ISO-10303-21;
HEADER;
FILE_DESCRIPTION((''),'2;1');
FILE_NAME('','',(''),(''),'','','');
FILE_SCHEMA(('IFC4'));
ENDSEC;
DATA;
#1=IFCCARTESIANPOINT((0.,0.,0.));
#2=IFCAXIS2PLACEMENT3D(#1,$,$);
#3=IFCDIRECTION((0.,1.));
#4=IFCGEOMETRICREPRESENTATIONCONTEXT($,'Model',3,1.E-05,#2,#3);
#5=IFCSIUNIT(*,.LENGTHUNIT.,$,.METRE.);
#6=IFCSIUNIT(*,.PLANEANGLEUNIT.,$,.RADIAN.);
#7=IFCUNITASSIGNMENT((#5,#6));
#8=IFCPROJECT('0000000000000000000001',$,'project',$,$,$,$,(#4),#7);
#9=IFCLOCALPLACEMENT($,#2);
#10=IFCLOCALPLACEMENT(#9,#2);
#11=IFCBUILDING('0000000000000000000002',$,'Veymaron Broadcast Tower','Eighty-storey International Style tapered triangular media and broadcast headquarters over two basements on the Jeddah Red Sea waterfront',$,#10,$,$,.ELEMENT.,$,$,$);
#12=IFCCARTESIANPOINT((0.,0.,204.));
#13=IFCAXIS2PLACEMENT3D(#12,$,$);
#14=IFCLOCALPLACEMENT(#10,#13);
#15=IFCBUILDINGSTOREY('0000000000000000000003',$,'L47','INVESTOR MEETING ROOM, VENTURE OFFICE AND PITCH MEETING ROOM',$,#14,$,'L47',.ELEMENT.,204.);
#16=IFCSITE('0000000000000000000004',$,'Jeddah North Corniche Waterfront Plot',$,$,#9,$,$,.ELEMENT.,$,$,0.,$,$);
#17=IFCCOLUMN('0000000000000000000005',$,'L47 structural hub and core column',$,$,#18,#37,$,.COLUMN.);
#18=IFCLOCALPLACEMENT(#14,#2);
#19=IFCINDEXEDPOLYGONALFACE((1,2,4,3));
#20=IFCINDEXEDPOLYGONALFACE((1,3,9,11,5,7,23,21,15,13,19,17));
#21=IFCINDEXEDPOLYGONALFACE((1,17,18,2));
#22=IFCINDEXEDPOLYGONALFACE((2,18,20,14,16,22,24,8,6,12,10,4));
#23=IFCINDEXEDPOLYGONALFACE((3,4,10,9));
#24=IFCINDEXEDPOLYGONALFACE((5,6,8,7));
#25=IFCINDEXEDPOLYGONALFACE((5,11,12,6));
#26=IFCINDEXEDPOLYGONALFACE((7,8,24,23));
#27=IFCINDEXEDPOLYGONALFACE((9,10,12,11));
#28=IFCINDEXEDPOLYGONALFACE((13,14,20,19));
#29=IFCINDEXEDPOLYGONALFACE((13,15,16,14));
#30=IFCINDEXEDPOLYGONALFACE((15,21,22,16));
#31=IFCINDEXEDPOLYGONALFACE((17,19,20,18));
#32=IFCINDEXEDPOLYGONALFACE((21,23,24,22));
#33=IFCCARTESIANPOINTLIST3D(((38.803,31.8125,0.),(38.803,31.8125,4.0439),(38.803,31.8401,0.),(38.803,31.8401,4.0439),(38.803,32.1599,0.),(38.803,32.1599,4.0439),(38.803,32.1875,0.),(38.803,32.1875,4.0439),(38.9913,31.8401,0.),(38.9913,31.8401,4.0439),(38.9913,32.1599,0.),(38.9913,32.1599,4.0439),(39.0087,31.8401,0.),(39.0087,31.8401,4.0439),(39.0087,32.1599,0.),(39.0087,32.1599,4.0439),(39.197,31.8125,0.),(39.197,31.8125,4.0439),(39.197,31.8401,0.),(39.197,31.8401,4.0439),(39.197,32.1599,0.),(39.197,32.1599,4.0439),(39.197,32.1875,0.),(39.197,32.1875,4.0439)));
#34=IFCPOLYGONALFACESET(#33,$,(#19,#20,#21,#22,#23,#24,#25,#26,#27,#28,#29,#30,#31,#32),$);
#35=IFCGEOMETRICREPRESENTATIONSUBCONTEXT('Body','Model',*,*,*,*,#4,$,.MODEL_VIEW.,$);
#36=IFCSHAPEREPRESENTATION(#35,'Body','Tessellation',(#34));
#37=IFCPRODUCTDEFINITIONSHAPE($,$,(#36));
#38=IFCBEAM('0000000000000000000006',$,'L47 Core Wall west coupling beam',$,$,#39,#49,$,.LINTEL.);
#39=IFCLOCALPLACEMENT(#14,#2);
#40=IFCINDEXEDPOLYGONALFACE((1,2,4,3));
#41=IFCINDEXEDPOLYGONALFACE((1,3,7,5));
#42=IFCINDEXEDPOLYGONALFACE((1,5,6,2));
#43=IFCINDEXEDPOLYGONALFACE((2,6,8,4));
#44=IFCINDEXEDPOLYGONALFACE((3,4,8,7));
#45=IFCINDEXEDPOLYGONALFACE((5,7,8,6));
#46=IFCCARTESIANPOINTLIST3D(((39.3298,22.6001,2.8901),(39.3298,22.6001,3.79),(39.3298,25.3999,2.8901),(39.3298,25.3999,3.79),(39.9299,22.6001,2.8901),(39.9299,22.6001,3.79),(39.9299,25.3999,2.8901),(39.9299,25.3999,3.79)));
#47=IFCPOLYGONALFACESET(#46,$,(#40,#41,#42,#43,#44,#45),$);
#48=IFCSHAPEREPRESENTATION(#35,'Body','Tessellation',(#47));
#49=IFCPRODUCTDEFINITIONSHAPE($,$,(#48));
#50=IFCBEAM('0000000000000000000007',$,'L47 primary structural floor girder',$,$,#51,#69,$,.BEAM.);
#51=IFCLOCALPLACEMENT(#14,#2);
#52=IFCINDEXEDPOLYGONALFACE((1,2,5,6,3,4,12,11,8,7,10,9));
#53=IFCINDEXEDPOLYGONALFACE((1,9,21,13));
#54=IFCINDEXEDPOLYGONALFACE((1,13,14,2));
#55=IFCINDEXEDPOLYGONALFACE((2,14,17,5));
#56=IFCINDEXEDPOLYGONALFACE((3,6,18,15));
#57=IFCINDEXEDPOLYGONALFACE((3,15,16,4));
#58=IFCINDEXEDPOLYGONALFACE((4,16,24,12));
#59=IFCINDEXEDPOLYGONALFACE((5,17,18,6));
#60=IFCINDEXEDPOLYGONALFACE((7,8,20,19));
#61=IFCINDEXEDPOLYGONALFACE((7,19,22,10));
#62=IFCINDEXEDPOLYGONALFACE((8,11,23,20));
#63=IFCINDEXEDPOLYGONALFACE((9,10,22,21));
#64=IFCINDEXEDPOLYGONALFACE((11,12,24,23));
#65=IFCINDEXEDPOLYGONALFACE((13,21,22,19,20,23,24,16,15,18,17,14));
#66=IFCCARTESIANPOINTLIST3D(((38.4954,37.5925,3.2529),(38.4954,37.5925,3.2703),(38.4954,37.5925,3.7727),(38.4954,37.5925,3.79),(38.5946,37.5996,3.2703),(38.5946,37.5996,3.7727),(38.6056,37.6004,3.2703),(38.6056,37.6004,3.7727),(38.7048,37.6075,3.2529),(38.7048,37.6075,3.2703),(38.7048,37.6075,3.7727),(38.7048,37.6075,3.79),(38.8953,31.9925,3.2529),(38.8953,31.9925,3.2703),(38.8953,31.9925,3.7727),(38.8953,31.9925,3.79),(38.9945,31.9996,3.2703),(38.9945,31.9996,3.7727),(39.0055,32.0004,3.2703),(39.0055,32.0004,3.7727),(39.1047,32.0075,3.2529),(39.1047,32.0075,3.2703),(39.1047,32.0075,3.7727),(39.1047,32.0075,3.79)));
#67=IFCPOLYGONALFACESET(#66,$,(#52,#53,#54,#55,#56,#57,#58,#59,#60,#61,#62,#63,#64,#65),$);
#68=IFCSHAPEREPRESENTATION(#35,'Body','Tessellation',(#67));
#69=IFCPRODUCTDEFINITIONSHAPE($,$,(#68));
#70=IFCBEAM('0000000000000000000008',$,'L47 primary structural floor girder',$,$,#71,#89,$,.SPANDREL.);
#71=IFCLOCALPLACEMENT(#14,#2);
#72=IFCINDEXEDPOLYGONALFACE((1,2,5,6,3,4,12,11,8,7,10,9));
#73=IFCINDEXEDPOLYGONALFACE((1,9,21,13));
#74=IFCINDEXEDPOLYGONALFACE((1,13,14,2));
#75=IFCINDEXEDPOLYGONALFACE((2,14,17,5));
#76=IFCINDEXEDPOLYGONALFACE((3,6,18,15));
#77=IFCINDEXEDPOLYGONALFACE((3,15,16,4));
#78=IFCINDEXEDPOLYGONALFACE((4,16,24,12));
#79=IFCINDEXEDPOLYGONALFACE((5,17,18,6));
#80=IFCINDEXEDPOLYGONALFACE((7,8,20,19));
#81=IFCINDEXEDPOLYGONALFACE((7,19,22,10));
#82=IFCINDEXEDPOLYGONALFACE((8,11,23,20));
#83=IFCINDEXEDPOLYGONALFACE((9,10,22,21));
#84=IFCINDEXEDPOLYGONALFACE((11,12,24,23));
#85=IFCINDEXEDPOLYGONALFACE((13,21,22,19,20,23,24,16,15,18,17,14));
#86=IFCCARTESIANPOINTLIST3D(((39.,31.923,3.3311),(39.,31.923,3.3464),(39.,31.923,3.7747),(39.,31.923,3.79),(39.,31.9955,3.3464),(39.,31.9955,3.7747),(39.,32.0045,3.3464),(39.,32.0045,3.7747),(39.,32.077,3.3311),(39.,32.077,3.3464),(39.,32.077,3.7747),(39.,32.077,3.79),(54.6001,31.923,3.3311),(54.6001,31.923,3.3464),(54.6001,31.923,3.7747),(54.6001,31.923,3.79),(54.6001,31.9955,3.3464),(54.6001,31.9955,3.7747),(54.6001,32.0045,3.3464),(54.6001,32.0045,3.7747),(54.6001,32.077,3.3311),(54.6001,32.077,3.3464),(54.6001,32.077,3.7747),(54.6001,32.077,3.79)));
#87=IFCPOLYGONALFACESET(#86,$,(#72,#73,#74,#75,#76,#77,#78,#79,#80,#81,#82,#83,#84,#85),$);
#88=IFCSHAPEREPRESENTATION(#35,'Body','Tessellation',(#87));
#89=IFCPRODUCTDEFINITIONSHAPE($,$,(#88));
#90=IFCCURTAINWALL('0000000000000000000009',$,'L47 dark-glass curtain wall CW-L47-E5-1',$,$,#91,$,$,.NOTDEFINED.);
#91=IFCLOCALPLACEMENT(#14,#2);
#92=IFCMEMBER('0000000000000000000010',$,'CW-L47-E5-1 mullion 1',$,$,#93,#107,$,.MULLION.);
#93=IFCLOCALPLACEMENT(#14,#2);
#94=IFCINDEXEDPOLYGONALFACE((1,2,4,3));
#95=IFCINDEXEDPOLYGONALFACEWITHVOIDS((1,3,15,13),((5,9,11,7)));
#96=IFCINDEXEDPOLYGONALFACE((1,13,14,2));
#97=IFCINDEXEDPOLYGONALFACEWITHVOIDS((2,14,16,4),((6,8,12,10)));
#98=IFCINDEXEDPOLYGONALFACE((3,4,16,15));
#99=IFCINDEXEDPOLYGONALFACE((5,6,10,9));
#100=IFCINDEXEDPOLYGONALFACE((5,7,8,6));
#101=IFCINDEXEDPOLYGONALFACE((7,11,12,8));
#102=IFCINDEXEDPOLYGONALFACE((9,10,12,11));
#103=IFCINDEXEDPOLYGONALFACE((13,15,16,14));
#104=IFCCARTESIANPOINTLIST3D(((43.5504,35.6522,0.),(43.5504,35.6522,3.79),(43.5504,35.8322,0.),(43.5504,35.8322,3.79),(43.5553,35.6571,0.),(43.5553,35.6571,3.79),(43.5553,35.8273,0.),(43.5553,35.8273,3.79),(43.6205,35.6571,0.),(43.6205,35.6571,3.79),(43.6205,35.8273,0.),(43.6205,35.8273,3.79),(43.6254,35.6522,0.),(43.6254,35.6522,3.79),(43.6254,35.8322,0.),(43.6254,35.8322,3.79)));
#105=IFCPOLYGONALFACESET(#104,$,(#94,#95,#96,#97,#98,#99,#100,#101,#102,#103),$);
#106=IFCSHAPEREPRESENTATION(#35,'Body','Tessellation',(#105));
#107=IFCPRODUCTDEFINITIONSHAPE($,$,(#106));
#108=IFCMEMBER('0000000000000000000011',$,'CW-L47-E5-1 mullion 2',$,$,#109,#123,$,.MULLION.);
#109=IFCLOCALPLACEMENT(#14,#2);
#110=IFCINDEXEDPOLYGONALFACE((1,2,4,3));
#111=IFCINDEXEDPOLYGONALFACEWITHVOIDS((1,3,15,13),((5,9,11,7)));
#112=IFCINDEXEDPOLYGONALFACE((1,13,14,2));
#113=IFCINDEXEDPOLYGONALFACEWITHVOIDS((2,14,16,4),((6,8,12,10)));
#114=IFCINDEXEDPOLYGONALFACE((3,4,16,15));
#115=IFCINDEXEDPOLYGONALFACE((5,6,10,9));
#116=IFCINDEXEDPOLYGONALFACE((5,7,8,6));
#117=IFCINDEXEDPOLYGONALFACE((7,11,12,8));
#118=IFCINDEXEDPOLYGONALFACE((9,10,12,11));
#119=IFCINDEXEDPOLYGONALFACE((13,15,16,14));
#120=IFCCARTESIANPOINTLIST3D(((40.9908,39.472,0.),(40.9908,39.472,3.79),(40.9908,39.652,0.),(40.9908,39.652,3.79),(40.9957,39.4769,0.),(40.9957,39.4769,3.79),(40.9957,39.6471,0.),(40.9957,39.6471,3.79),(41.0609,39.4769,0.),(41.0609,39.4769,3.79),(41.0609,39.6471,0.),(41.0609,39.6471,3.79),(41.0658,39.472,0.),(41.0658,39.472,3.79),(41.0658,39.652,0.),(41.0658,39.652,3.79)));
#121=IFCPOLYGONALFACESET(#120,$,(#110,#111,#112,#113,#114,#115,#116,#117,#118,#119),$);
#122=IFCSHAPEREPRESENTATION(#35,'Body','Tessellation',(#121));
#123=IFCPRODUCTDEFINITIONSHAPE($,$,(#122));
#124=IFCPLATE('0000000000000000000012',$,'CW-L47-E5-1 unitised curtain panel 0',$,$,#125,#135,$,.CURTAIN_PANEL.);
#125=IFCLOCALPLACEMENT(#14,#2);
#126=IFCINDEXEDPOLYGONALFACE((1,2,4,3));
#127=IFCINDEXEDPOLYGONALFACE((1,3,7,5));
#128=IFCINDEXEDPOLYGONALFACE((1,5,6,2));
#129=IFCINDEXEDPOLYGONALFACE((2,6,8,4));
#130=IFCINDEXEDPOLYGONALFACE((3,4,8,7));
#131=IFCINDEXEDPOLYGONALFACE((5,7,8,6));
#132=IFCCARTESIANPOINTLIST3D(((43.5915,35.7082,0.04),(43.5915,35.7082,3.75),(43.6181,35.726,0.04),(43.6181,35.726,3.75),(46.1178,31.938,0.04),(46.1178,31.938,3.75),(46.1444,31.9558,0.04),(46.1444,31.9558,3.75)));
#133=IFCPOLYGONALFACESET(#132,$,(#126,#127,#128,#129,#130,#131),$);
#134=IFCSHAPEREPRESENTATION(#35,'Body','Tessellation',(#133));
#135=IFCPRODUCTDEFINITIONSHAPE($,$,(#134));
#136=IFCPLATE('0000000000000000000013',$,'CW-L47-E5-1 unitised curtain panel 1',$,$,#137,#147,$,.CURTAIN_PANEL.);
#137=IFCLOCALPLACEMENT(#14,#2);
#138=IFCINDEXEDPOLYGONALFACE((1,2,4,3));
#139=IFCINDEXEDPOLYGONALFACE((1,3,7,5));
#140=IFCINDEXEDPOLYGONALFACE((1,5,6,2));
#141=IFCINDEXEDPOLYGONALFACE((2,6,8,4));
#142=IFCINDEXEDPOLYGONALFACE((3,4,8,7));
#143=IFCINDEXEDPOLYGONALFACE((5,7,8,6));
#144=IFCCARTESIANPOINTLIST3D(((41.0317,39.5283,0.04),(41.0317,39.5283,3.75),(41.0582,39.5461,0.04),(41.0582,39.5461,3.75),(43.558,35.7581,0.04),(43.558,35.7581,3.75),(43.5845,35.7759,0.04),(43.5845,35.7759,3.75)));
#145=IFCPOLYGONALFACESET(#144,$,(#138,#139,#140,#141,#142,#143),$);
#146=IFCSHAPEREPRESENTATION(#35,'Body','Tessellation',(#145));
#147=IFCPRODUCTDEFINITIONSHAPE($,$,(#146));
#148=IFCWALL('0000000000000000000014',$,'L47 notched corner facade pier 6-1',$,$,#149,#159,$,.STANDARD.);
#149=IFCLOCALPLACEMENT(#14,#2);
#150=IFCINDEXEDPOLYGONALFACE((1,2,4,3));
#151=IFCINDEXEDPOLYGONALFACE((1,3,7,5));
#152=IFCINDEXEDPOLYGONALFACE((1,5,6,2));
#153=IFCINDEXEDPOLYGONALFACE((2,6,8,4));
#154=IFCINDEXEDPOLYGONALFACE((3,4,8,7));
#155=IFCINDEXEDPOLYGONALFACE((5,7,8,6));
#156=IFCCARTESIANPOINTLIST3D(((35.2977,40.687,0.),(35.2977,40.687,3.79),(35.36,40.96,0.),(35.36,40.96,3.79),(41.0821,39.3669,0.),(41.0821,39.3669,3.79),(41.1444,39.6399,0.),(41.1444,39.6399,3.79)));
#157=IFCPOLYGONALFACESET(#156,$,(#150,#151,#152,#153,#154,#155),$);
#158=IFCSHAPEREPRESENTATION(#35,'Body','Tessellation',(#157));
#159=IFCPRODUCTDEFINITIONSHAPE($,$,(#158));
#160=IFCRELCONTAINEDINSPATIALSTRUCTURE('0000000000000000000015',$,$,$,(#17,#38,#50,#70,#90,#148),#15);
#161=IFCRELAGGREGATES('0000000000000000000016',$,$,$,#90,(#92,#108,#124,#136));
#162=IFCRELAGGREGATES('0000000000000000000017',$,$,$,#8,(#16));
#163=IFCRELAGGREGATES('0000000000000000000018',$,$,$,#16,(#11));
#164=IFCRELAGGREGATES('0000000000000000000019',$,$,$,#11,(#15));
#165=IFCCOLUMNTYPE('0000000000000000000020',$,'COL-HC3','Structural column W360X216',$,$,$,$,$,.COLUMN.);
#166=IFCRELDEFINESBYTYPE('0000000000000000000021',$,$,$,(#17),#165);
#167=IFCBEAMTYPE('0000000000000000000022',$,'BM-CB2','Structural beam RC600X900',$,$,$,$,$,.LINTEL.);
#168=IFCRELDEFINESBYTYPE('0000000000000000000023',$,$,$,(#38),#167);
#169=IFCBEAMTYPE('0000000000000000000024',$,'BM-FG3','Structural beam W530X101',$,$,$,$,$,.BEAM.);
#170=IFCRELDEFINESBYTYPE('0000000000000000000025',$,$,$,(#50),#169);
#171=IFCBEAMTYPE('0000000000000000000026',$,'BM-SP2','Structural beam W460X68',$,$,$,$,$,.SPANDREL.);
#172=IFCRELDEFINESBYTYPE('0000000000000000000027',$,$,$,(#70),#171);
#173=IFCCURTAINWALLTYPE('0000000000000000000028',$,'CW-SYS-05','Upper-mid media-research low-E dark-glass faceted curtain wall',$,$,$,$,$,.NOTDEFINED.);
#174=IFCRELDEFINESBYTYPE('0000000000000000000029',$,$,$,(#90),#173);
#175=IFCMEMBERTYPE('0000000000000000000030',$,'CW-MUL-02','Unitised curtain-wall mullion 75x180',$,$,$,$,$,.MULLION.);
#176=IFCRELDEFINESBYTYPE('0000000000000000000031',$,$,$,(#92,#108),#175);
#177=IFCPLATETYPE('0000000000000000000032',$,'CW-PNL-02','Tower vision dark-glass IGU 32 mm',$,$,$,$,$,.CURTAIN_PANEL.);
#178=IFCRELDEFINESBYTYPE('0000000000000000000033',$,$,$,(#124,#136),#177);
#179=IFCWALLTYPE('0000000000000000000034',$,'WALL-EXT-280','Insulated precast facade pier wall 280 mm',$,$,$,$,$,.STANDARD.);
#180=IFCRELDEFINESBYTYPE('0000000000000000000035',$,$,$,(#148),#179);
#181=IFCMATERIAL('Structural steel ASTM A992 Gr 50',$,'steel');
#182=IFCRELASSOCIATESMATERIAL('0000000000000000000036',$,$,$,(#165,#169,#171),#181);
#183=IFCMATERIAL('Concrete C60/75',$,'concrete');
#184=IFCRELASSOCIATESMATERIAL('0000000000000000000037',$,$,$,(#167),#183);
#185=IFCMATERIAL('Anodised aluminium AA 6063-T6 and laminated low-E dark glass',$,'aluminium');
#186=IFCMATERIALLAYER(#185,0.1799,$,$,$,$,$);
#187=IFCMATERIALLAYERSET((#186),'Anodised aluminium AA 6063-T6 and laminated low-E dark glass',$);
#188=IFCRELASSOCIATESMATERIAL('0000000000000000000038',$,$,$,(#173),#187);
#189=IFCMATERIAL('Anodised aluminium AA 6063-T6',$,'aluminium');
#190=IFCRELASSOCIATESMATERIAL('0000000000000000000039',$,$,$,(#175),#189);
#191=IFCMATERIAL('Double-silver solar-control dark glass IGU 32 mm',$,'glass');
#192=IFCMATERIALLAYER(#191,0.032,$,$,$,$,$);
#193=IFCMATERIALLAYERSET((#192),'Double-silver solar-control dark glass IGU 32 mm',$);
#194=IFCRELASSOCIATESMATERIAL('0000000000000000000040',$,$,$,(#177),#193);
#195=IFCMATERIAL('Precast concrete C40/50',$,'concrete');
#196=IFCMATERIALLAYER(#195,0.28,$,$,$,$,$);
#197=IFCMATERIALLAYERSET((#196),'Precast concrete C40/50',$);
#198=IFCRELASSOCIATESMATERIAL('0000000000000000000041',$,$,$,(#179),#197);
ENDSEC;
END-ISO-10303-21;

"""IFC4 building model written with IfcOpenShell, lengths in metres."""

from ifc_helpers import new_model, si_unit, direction, frame, frame_2d, origin, origin_2d, place, context, subcontext, project, spatial, rectangle, hollow_rectangle, i_section, extrude, material, layer, layer_set, material_profile, profile_set, type_object, element, aggregate, save


model = new_model("IFC4")

# Units and contexts
model_context = context("Model", 3, precision=1e-05, world=origin(), true_north=direction((0.0, 1.0)))
body_context = subcontext(model_context, "Body", "Model", "MODEL_VIEW")
ifc_project = project(units=[si_unit("LENGTHUNIT", "METRE"), si_unit("PLANEANGLEUNIT", "RADIAN")], contexts=[model_context])

# Site, building, storey
site_placement = place(None, origin())
site = spatial("IfcSite", under=ifc_project, at=site_placement, Name="Jeddah North Corniche Waterfront Plot", CompositionType="ELEMENT", RefElevation=0.0)
building_placement = place(site_placement, origin())
building = spatial("IfcBuilding", under=site, at=building_placement, Name="Veymaron Broadcast Tower", Description="Eighty-storey International Style tapered triangular media and broadcast headquarters over two basements on the Jeddah Red Sea waterfront", CompositionType="ELEMENT")
storey_placement = place(building_placement, frame((0.0, 0.0, 204.0)))
storey = spatial("IfcBuildingStorey", under=building, at=storey_placement, Name="L47", Description="INVESTOR MEETING ROOM, VENTURE OFFICE AND PITCH MEETING ROOM", LongName="L47", CompositionType="ELEMENT", Elevation=204.0)

# Column
ifc_material_1 = material(Name="Structural steel ASTM A992 Gr 50", Category="steel")
ifc_material_profile_1 = material_profile(ifc_material_1, i_section(OverallWidth=0.394, OverallDepth=0.375, WebThickness=0.0173, FlangeThickness=0.0276, at=origin_2d()), Name="W360X216")
ifc_profile_set_1 = profile_set([ifc_material_profile_1], Name="Structural steel ASTM A992 Gr 50")
column_type = type_object("IfcColumnType", Name="COL-HC3", Description="Structural column W360X216", PredefinedType="COLUMN", material=ifc_profile_set_1)
column_placement = place(storey_placement, frame((39.0, 32.0, 0.0), z_axis=(0.0, 0.0, 1.0), x_axis=(1.0, 0.0, 0.0)))
element("IfcColumn", 1, at=column_placement, inside=storey, type_object=column_type, Name="L47 structural hub and core column", PredefinedType="COLUMN", context=body_context, shape_type="SweptSolid", body=[
    extrude(i_section(OverallWidth=0.394, OverallDepth=0.375, WebThickness=0.0173, FlangeThickness=0.0276, at=origin_2d()), origin(), (0.0, 0.0, 1.0), 4.0439),
])

# Beams
ifc_material_2 = material(Name="Concrete C60/75", Category="concrete")
ifc_material_profile_2 = material_profile(ifc_material_2, rectangle(XDim=0.6001, YDim=0.8999, at=origin_2d()), Name="RC600X900")
ifc_profile_set_2 = profile_set([ifc_material_profile_2], Name="Concrete C60/75")
beam_type_1 = type_object("IfcBeamType", Name="BM-CB2", Description="Structural beam RC600X900", PredefinedType="LINTEL", material=ifc_profile_set_2)
beam_1_placement = place(storey_placement, frame((39.6299, 22.6001, 3.3401), z_axis=(0.0, 1.0, 0.0), x_axis=(-1.0, 0.0, 0.0)))
element("IfcBeam", 2, at=beam_1_placement, inside=storey, type_object=beam_type_1, Name="L47 Core Wall west coupling beam", PredefinedType="LINTEL", context=body_context, shape_type="SweptSolid", body=[
    extrude(rectangle(XDim=0.6001, YDim=0.8999, at=origin_2d()), origin(), (0.0, 0.0, 1.0), 2.7998),
])
ifc_material_profile_3 = material_profile(ifc_material_1, i_section(OverallWidth=0.21, OverallDepth=0.5371, WebThickness=0.011, FlangeThickness=0.0173, at=origin_2d()), Name="W530X101")
ifc_profile_set_3 = profile_set([ifc_material_profile_3], Name="Structural steel ASTM A992 Gr 50")
beam_type_2 = type_object("IfcBeamType", Name="BM-FG3", Description="Structural beam W530X101", PredefinedType="BEAM", material=ifc_profile_set_3)
beam_2_placement = place(storey_placement, frame((39.0, 32.0, 3.5215), z_axis=(-0.071229, 0.99746, 0.0), x_axis=(-0.99746, -0.071229, 0.0)))
element("IfcBeam", 3, at=beam_2_placement, inside=storey, type_object=beam_type_2, Name="L47 primary structural floor girder", PredefinedType="BEAM", context=body_context, shape_type="SweptSolid", body=[
    extrude(i_section(OverallWidth=0.21, OverallDepth=0.5371, WebThickness=0.011, FlangeThickness=0.0173, at=origin_2d()), origin(), (0.0, 0.0, 1.0), 5.6143),
])
ifc_material_profile_4 = material_profile(ifc_material_1, i_section(OverallWidth=0.1541, OverallDepth=0.459, WebThickness=0.009, FlangeThickness=0.0154, at=origin_2d()), Name="W460X68")
ifc_profile_set_4 = profile_set([ifc_material_profile_4], Name="Structural steel ASTM A992 Gr 50")
beam_type_3 = type_object("IfcBeamType", Name="BM-SP2", Description="Structural beam W460X68", PredefinedType="SPANDREL", material=ifc_profile_set_4)
beam_3_placement = place(storey_placement, frame((39.0, 32.0, 3.5605), z_axis=(1.0, 0.0, 0.0), x_axis=(0.0, 1.0, 0.0)))
element("IfcBeam", 4, at=beam_3_placement, inside=storey, type_object=beam_type_3, Name="L47 primary structural floor girder", PredefinedType="SPANDREL", context=body_context, shape_type="SweptSolid", body=[
    extrude(i_section(OverallWidth=0.1541, OverallDepth=0.459, WebThickness=0.009, FlangeThickness=0.0154, at=origin_2d()), origin(), (0.0, 0.0, 1.0), 15.6001),
])

# Curtain wall, members, plates
ifc_material_3 = material(Name="Anodised aluminium AA 6063-T6 and laminated low-E dark glass", Category="aluminium")
ifc_layer_1 = layer(ifc_material_3, 0.1799)
ifc_layer_set_1 = layer_set([ifc_layer_1], Name="Anodised aluminium AA 6063-T6 and laminated low-E dark glass")
curtain_wall_type = type_object("IfcCurtainWallType", Name="CW-SYS-05", Description="Upper-mid media-research low-E dark-glass faceted curtain wall", PredefinedType="NOTDEFINED", material=ifc_layer_set_1)
curtain_wall_placement = place(storey_placement, origin())
curtain_wall = element("IfcCurtainWall", 5, at=curtain_wall_placement, inside=storey, type_object=curtain_wall_type, Name="L47 dark-glass curtain wall CW-L47-E5-1", PredefinedType="NOTDEFINED")
ifc_material_4 = material(Name="Anodised aluminium AA 6063-T6", Category="aluminium")
ifc_material_profile_5 = material_profile(ifc_material_4, hollow_rectangle(XDim=0.075, YDim=0.1799, WallThickness=0.0049, at=origin_2d()), Name="AL180X75X5")
ifc_profile_set_5 = profile_set([ifc_material_profile_5], Name="Anodised aluminium AA 6063-T6")
member_type = type_object("IfcMemberType", Name="CW-MUL-02", Description="Unitised curtain-wall mullion 75x180", PredefinedType="MULLION", material=ifc_profile_set_5)
member_1_placement = place(storey_placement, frame((43.5879, 35.7422, 0.0), z_axis=(0.0, 0.0, 1.0), x_axis=(1.0, 0.0, 0.0)))
member_1 = element("IfcMember", 6, at=member_1_placement, type_object=member_type, Name="CW-L47-E5-1 mullion 1", PredefinedType="MULLION", context=body_context, shape_type="SweptSolid", body=[
    extrude(hollow_rectangle(XDim=0.075, YDim=0.1799, WallThickness=0.0049, at=origin_2d()), origin(), (0.0, 0.0, 1.0), 3.79),
])
member_2_placement = place(storey_placement, frame((41.0283, 39.562, 0.0), z_axis=(0.0, 0.0, 1.0), x_axis=(1.0, 0.0, 0.0)))
member_2 = element("IfcMember", 7, at=member_2_placement, type_object=member_type, Name="CW-L47-E5-1 mullion 2", PredefinedType="MULLION", context=body_context, shape_type="SweptSolid", body=[
    extrude(hollow_rectangle(XDim=0.075, YDim=0.1799, WallThickness=0.0049, at=origin_2d()), origin(), (0.0, 0.0, 1.0), 3.79),
])
ifc_material_5 = material(Name="Double-silver solar-control dark glass IGU 32 mm", Category="glass")
ifc_layer_2 = layer(ifc_material_5, 0.032)
ifc_layer_set_2 = layer_set([ifc_layer_2], Name="Double-silver solar-control dark glass IGU 32 mm")
plate_type = type_object("IfcPlateType", Name="CW-PNL-02", Description="Tower vision dark-glass IGU 32 mm", PredefinedType="CURTAIN_PANEL", material=ifc_layer_set_2)
plate_1_placement = place(storey_placement, frame((44.8679, 33.832, 0.04), z_axis=(0.0, 0.0, 1.0), x_axis=(-0.556658, 0.830742, 0.0)))
plate_1 = element("IfcPlate", 8, at=plate_1_placement, type_object=plate_type, Name="CW-L47-E5-1 unitised curtain panel 0", PredefinedType="CURTAIN_PANEL", context=body_context, shape_type="SweptSolid", body=[
    extrude(rectangle(XDim=4.5383, YDim=0.032, at=origin_2d()), origin(), (0.0, 0.0, 1.0), 3.71),
])
plate_2_placement = place(storey_placement, frame((42.3081, 37.6521, 0.04), z_axis=(0.0, 0.0, 1.0), x_axis=(-0.556658, 0.830742, 0.0)))
plate_2 = element("IfcPlate", 9, at=plate_2_placement, type_object=plate_type, Name="CW-L47-E5-1 unitised curtain panel 1", PredefinedType="CURTAIN_PANEL", context=body_context, shape_type="SweptSolid", body=[
    extrude(rectangle(XDim=4.5383, YDim=0.032, at=origin_2d()), origin(), (0.0, 0.0, 1.0), 3.71),
])
aggregate(curtain_wall, [member_1, member_2, plate_1, plate_2])

# Wall
ifc_material_6 = material(Name="Precast concrete C40/50", Category="concrete")
ifc_layer_3 = layer(ifc_material_6, 0.28)
ifc_layer_set_3 = layer_set([ifc_layer_3], Name="Precast concrete C40/50")
wall_type_1 = type_object("IfcWallType", Name="WALL-EXT-280", Description="Insulated precast facade pier wall 280 mm", PredefinedType="STANDARD", material=ifc_layer_set_3)
wall_1_placement = place(storey_placement, frame((41.1133, 39.5034, 0.0), z_axis=(0.0, 0.0, 1.0), x_axis=(-0.974935, 0.222491, 0.0)))
element("IfcWall", 10, at=wall_1_placement, inside=storey, type_object=wall_type_1, Name="L47 notched corner facade pier 6-1", PredefinedType="STANDARD", context=body_context, shape_type="SweptSolid", body=[
    extrude(rectangle(XDim=5.9331, YDim=0.28, at=frame_2d((2.9666, 0.0))), origin(), (0.0, 0.0, 1.0), 3.79),
])

save(model, "model.ifc")
